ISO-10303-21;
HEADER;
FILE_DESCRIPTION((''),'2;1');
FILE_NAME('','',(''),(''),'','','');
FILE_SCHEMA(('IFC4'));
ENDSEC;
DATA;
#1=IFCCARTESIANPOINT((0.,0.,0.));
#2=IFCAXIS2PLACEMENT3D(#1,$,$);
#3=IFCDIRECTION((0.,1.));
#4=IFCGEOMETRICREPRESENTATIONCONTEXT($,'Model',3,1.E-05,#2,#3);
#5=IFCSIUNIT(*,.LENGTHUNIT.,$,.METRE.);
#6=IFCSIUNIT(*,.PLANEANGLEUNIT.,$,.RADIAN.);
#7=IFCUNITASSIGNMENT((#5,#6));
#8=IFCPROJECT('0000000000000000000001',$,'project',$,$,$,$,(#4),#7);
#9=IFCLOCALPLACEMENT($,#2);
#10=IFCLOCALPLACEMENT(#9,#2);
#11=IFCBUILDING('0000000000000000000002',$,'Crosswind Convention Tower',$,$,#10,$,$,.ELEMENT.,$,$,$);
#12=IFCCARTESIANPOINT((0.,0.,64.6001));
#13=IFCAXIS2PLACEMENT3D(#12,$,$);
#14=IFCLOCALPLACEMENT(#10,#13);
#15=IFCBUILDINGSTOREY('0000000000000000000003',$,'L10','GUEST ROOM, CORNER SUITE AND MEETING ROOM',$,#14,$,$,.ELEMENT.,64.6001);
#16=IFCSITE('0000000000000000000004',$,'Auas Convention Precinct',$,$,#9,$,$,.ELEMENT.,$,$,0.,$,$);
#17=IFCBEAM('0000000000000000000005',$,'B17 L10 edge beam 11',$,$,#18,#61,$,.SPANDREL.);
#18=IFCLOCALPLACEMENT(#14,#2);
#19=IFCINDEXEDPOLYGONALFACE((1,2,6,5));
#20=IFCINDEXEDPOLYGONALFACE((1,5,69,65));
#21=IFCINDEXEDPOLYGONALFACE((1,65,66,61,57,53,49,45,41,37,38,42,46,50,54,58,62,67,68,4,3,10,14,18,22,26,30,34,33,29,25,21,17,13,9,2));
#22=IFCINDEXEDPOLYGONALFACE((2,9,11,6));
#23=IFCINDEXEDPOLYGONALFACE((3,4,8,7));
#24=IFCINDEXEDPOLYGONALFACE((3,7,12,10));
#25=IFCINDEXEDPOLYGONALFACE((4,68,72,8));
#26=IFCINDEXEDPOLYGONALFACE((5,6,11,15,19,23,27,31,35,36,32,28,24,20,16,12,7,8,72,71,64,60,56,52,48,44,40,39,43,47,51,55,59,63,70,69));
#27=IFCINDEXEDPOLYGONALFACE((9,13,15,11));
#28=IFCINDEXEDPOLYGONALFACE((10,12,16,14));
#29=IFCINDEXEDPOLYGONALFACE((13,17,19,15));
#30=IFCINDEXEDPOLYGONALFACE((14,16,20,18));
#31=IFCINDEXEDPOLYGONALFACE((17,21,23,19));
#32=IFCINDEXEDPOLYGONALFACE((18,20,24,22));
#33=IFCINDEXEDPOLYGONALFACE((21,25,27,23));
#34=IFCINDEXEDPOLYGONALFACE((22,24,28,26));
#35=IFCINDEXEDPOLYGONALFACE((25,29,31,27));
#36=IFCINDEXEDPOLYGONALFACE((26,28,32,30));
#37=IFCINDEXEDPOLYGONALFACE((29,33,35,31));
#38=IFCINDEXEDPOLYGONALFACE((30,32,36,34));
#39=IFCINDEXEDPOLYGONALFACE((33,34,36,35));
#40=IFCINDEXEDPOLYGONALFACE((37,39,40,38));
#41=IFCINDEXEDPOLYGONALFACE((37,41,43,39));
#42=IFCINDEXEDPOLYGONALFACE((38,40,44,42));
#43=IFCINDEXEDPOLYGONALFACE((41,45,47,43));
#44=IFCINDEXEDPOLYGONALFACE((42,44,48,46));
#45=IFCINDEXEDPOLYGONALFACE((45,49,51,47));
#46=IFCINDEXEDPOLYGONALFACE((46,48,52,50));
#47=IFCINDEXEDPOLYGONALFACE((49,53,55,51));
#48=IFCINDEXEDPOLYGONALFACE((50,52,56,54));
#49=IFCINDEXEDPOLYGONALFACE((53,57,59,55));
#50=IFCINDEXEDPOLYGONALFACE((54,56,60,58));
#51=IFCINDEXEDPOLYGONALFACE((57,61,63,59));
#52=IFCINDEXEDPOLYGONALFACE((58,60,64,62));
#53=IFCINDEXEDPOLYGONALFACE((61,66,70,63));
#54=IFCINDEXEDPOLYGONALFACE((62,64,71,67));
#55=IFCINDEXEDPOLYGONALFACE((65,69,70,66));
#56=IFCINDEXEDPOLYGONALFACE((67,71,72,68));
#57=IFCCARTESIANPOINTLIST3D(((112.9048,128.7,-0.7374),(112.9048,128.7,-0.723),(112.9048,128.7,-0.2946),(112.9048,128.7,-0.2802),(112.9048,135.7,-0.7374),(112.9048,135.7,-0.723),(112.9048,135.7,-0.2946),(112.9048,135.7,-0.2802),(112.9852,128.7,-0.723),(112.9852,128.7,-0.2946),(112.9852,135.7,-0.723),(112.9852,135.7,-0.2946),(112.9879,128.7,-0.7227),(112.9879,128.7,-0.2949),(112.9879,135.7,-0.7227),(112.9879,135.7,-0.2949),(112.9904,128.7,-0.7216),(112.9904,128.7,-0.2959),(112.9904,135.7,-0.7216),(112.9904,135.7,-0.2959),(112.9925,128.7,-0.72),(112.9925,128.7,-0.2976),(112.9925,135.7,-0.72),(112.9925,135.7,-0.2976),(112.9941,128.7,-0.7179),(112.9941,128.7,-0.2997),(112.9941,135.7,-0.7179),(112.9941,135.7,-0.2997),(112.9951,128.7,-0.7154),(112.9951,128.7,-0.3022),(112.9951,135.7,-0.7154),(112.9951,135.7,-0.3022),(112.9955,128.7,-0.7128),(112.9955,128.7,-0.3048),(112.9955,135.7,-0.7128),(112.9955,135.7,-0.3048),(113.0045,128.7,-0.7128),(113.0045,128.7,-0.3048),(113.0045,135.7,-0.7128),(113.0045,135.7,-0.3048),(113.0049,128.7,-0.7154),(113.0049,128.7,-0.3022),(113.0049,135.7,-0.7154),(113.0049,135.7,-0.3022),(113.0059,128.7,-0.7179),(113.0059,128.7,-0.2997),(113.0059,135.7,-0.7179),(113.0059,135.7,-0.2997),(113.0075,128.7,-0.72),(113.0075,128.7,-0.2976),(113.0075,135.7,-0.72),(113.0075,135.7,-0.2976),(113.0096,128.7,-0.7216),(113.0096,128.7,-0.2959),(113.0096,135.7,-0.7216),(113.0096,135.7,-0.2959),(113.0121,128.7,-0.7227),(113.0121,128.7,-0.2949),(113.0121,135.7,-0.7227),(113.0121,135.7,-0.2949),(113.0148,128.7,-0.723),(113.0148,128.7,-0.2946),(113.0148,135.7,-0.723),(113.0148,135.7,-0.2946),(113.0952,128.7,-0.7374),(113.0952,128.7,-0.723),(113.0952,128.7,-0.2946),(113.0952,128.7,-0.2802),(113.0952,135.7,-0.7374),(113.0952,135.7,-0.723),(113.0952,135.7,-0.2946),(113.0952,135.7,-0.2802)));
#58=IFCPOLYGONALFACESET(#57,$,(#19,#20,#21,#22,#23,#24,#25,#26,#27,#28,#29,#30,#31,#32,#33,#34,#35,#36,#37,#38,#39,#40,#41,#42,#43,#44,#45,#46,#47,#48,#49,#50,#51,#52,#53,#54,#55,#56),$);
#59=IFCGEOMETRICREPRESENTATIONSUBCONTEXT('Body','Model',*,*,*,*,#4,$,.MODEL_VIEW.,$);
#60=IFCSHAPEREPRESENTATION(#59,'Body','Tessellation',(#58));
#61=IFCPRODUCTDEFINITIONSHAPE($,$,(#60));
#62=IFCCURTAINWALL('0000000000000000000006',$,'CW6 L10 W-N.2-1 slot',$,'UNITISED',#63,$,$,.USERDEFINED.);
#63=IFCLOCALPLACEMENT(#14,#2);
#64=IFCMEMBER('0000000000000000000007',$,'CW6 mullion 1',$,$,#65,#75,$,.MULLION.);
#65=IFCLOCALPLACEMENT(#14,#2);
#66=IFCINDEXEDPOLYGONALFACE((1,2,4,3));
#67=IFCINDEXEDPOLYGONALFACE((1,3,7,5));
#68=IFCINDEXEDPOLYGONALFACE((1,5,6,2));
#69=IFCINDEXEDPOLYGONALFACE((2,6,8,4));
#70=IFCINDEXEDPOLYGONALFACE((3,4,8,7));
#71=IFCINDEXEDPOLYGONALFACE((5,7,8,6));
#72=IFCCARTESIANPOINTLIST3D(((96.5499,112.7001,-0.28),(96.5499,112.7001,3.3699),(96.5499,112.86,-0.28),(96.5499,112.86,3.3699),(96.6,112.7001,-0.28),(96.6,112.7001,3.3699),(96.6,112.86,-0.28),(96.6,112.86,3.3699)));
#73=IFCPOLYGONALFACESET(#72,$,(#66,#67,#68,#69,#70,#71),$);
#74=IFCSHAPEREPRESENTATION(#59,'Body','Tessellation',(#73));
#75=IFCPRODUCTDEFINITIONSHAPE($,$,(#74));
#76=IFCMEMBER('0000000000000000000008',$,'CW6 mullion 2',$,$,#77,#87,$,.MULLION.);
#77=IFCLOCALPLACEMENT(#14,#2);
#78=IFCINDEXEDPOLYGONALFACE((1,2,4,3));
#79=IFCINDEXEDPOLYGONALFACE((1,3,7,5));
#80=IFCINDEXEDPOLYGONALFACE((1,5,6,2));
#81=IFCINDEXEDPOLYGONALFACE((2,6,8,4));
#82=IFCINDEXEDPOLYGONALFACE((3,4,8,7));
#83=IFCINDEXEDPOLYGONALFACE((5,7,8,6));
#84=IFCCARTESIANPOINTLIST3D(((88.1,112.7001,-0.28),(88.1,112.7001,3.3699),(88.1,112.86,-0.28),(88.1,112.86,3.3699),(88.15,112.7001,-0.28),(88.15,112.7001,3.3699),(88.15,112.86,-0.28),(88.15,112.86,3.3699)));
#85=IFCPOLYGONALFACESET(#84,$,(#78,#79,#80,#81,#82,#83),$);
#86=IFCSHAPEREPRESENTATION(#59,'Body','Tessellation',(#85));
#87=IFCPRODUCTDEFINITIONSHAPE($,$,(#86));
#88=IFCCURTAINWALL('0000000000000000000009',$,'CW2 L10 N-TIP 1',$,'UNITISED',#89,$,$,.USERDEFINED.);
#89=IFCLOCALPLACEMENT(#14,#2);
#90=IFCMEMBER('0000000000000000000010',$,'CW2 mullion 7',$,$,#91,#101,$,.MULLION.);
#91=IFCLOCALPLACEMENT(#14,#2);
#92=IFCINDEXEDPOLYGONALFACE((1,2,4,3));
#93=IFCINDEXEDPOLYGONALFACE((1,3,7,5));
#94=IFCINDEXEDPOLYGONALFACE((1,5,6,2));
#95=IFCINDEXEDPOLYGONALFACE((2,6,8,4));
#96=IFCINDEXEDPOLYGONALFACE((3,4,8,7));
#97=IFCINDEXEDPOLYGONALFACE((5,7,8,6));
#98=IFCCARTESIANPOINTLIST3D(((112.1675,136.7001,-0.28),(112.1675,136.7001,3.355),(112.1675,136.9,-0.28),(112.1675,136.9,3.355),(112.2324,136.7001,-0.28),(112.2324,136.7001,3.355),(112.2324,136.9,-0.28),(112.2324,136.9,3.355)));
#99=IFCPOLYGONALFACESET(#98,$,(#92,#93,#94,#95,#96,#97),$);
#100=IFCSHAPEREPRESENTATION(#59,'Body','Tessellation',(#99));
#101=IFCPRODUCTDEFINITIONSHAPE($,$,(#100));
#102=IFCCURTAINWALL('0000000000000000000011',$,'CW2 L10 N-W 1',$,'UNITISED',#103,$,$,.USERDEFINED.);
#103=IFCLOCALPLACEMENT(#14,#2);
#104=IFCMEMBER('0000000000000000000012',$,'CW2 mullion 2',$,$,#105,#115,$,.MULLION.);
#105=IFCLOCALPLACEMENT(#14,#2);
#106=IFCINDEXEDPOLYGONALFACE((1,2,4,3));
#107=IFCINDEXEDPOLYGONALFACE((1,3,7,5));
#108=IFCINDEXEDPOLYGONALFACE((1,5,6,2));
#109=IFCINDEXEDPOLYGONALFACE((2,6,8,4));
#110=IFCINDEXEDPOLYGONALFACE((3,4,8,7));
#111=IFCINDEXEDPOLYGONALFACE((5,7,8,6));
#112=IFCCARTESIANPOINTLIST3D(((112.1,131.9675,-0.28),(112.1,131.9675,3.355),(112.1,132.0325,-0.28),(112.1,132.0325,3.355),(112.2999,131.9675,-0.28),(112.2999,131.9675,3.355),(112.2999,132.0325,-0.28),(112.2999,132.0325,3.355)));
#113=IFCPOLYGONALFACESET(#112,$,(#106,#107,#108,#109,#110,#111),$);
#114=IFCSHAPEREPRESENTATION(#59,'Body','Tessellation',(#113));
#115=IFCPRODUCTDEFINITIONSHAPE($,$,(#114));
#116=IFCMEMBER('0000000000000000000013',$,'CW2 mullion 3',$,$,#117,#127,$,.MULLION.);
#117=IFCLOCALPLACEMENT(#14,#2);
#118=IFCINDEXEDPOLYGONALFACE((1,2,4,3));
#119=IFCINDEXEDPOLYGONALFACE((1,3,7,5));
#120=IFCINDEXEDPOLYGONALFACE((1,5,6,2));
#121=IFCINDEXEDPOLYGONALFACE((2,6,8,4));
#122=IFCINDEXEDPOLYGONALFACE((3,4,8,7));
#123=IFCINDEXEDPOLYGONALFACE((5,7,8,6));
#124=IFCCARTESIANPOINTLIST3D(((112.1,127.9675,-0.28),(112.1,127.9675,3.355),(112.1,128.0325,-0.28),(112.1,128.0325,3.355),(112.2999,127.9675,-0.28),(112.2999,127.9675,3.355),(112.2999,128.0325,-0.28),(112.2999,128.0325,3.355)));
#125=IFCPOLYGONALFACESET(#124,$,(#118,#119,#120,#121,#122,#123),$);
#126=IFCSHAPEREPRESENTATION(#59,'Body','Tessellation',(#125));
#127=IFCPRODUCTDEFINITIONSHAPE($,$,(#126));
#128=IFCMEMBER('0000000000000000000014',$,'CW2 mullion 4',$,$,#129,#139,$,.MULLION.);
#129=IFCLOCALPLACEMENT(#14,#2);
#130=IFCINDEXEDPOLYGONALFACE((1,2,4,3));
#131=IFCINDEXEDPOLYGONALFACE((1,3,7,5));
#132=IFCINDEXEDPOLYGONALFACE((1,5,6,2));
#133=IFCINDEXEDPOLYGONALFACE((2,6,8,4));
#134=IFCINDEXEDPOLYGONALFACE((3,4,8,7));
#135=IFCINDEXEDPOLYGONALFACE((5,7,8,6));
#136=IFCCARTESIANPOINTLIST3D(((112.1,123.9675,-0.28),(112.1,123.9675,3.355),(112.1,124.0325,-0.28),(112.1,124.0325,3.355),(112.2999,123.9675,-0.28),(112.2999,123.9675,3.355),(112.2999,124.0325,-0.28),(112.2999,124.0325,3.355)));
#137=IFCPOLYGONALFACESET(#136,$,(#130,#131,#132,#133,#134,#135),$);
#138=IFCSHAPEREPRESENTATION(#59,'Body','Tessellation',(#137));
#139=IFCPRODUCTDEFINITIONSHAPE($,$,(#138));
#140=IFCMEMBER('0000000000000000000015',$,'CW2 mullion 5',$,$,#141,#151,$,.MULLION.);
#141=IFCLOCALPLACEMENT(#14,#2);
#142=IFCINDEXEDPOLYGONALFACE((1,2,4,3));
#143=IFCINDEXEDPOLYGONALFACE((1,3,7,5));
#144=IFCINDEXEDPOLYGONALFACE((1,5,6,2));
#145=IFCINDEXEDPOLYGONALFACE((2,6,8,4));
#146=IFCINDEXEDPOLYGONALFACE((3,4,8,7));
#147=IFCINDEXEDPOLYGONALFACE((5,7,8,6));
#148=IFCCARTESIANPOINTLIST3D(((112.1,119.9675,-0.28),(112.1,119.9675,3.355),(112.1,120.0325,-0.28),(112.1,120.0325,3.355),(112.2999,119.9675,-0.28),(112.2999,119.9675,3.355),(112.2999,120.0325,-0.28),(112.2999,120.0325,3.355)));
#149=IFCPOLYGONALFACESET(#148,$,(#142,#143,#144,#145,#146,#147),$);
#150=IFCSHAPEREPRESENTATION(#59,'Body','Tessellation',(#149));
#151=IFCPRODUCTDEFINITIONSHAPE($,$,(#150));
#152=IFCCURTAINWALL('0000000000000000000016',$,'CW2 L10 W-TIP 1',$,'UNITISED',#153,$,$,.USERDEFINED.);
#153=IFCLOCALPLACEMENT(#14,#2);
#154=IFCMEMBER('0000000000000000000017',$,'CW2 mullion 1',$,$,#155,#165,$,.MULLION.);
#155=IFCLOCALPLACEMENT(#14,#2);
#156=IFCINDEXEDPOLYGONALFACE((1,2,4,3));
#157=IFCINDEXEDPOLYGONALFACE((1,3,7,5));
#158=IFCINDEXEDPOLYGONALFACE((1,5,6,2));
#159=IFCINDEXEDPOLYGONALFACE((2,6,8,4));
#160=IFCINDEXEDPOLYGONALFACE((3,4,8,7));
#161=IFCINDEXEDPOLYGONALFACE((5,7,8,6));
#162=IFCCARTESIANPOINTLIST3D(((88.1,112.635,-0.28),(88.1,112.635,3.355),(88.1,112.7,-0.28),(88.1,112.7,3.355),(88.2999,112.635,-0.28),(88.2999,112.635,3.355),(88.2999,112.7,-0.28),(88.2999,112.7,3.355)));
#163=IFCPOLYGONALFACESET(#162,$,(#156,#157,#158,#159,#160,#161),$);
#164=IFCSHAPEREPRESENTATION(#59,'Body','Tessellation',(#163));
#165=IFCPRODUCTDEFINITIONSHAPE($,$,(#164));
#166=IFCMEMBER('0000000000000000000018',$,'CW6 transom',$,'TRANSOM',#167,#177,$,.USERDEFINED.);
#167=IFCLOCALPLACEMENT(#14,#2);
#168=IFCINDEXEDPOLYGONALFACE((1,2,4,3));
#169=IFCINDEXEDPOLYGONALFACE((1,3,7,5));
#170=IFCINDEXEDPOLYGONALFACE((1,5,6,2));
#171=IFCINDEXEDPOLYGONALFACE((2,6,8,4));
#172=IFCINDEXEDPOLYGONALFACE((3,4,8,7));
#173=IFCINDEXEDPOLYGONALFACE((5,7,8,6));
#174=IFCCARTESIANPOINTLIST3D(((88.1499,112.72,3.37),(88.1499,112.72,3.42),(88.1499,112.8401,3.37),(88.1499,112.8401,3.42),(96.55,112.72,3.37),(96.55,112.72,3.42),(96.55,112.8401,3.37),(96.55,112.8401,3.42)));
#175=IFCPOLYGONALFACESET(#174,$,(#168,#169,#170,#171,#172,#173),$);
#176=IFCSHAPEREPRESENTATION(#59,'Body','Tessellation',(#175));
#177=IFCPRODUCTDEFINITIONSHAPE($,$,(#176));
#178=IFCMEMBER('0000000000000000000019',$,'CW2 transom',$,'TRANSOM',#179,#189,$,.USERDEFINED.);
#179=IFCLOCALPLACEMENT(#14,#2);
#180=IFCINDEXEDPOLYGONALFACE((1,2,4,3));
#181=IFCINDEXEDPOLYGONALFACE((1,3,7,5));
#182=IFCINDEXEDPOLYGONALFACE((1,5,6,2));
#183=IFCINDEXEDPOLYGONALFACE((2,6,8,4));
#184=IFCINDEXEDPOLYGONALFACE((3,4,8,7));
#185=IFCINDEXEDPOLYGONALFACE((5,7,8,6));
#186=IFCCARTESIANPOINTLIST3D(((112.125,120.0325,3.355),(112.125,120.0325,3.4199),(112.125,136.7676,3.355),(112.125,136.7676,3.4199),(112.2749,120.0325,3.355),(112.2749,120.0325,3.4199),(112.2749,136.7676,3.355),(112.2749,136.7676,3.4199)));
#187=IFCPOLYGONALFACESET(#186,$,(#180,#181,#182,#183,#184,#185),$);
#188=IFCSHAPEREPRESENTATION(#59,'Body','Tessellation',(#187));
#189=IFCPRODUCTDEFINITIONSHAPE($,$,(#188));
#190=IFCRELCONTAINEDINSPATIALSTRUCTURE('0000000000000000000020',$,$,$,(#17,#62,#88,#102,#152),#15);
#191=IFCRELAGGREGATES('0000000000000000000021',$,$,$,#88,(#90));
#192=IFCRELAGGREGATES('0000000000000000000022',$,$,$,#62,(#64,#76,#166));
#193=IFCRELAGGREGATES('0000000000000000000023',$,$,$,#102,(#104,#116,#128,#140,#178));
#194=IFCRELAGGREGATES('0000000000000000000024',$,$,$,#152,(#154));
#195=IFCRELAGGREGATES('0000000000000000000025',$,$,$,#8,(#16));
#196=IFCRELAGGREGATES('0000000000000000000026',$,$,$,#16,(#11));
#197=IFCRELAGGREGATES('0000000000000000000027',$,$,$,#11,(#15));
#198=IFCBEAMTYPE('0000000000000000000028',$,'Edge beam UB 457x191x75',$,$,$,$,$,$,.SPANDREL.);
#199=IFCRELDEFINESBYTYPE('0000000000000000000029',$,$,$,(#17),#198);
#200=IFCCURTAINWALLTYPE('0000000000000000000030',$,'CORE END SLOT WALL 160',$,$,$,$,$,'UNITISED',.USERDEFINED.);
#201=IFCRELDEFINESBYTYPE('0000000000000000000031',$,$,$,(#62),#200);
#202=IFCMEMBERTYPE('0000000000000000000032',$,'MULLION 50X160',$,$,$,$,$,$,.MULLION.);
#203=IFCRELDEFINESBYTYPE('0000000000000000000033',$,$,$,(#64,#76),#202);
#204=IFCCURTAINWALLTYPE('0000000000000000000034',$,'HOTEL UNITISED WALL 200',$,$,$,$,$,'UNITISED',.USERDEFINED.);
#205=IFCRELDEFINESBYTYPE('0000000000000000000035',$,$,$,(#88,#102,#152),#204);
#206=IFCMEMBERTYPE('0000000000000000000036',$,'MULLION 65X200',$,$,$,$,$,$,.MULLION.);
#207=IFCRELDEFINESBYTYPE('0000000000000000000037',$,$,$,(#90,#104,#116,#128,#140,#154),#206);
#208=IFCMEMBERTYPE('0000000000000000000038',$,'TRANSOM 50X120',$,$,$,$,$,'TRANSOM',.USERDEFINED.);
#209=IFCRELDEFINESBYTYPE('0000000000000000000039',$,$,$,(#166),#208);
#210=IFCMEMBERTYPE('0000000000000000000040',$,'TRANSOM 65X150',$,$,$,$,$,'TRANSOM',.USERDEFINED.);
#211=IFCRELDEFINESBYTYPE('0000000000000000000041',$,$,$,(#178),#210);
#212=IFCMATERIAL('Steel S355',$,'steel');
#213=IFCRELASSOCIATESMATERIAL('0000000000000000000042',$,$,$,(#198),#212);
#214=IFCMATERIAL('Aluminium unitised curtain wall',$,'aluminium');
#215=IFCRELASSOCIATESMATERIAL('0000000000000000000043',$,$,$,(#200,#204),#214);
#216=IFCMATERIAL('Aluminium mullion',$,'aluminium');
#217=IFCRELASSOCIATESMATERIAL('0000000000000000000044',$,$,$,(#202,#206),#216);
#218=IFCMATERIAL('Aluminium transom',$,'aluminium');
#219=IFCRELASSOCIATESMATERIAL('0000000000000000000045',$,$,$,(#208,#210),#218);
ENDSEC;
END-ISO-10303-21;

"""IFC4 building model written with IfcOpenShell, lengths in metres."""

from ifc_helpers import new_model, si_unit, direction, frame, origin, origin_2d, place, context, subcontext, project, spatial, rectangle, i_section, extrude, material, material_profile, profile_set, type_object, element, aggregate, save


model = new_model("IFC4")

# Units and contexts
model_context = context("Model", 3, precision=1e-05, world=origin(), true_north=direction((0.0, 1.0)))
body_context = subcontext(model_context, "Body", "Model", "MODEL_VIEW")
ifc_project = project(units=[si_unit("LENGTHUNIT", "METRE"), si_unit("PLANEANGLEUNIT", "RADIAN")], contexts=[model_context])

# Site, building, storey
site_placement = place(None, origin())
site = spatial("IfcSite", under=ifc_project, at=site_placement, Name="Auas Convention Precinct", CompositionType="ELEMENT", RefElevation=0.0)
building_placement = place(site_placement, origin())
building = spatial("IfcBuilding", under=site, at=building_placement, Name="Crosswind Convention Tower", CompositionType="ELEMENT")
storey_placement = place(building_placement, frame((0.0, 0.0, 64.6001)))
storey = spatial("IfcBuildingStorey", under=building, at=storey_placement, Name="L10", Description="GUEST ROOM, CORNER SUITE AND MEETING ROOM", CompositionType="ELEMENT", Elevation=64.6001)

# Beam
ifc_material_1 = material(Name="Steel S355", Category="steel")
ifc_material_profile_1 = material_profile(ifc_material_1, i_section(OverallWidth=0.1904, OverallDepth=0.4573, WebThickness=0.009, FlangeThickness=0.0144, FilletRadius=0.0103, at=origin_2d()), Name="UB 457x191x75")
ifc_profile_set_1 = profile_set([ifc_material_profile_1], Name="Steel S355")
beam_type_1 = type_object("IfcBeamType", Name="Edge beam UB 457x191x75", PredefinedType="SPANDREL", material=ifc_profile_set_1)
beam_1_placement = place(storey_placement, frame((113.0, 128.7, -0.5088), z_axis=(0.0, 1.0, 0.0), x_axis=(-1.0, 0.0, 0.0)))
element("IfcBeam", 1, at=beam_1_placement, inside=storey, type_object=beam_type_1, Name="B17 L10 edge beam 11", PredefinedType="SPANDREL", context=body_context, shape_type="SweptSolid", body=[
    extrude(i_section(OverallWidth=0.1904, OverallDepth=0.4573, WebThickness=0.009, FlangeThickness=0.0144, FilletRadius=0.0103, at=origin_2d()), origin(), (0.0, 0.0, 1.0), 7.0),
])

# Curtain wall, members
ifc_material_2 = material(Name="Aluminium unitised curtain wall", Category="aluminium")
curtain_wall_type_1 = type_object("IfcCurtainWallType", Name="CORE END SLOT WALL 160", ElementType="UNITISED", PredefinedType="USERDEFINED", material=ifc_material_2)
curtain_wall_1_placement = place(storey_placement, origin())
curtain_wall_1 = element("IfcCurtainWall", 2, at=curtain_wall_1_placement, inside=storey, type_object=curtain_wall_type_1, Name="CW6 L10 W-N.2-1 slot", ObjectType="UNITISED", PredefinedType="USERDEFINED")
ifc_material_3 = material(Name="Aluminium mullion", Category="aluminium")
ifc_material_profile_2 = material_profile(ifc_material_3, rectangle(XDim=0.1599, YDim=0.05, at=origin_2d()), Name="AL 160X50")
ifc_profile_set_2 = profile_set([ifc_material_profile_2], Name="Aluminium mullion")
member_type_1 = type_object("IfcMemberType", Name="MULLION 50X160", PredefinedType="MULLION", material=ifc_profile_set_2)
member_1_placement = place(storey_placement, frame((96.575, 112.78, -0.28), z_axis=(0.0, 0.0, 1.0), x_axis=(0.0, 1.0, 0.0)))
member_1 = element("IfcMember", 3, at=member_1_placement, type_object=member_type_1, Name="CW6 mullion 1", PredefinedType="MULLION", context=body_context, shape_type="SweptSolid", body=[
    extrude(rectangle(XDim=0.1599, YDim=0.05, at=origin_2d()), origin(), (0.0, 0.0, 1.0), 3.6499),
])
member_2_placement = place(storey_placement, frame((88.125, 112.78, -0.28), z_axis=(0.0, 0.0, 1.0), x_axis=(0.0, 1.0, 0.0)))
member_2 = element("IfcMember", 4, at=member_2_placement, type_object=member_type_1, Name="CW6 mullion 2", PredefinedType="MULLION", context=body_context, shape_type="SweptSolid", body=[
    extrude(rectangle(XDim=0.1599, YDim=0.05, at=origin_2d()), origin(), (0.0, 0.0, 1.0), 3.6499),
])

# Curtain wall, member
curtain_wall_type_2 = type_object("IfcCurtainWallType", Name="HOTEL UNITISED WALL 200", ElementType="UNITISED", PredefinedType="USERDEFINED", material=ifc_material_2)
curtain_wall_2_placement = place(storey_placement, origin())
curtain_wall_2 = element("IfcCurtainWall", 5, at=curtain_wall_2_placement, inside=storey, type_object=curtain_wall_type_2, Name="CW2 L10 N-TIP 1", ObjectType="UNITISED", PredefinedType="USERDEFINED")
ifc_material_profile_3 = material_profile(ifc_material_3, rectangle(XDim=0.2, YDim=0.0649, at=origin_2d()), Name="AL 200X65")
ifc_profile_set_3 = profile_set([ifc_material_profile_3], Name="Aluminium mullion")
member_type_2 = type_object("IfcMemberType", Name="MULLION 65X200", PredefinedType="MULLION", material=ifc_profile_set_3)
member_3_placement = place(storey_placement, frame((112.2, 136.8, -0.28), z_axis=(0.0, 0.0, 1.0), x_axis=(0.0, 1.0, 0.0)))
member_3 = element("IfcMember", 6, at=member_3_placement, type_object=member_type_2, Name="CW2 mullion 7", PredefinedType="MULLION", context=body_context, shape_type="SweptSolid", body=[
    extrude(rectangle(XDim=0.2, YDim=0.0649, at=origin_2d()), origin(), (0.0, 0.0, 1.0), 3.635),
])
aggregate(curtain_wall_2, [member_3])

# Curtain wall, members
curtain_wall_3_placement = place(storey_placement, origin())
curtain_wall_3 = element("IfcCurtainWall", 7, at=curtain_wall_3_placement, inside=storey, type_object=curtain_wall_type_2, Name="CW2 L10 N-W 1", ObjectType="UNITISED", PredefinedType="USERDEFINED")
member_4_placement = place(storey_placement, frame((112.2, 132.0, -0.28), z_axis=(0.0, 0.0, 1.0), x_axis=(-1.0, 0.0, 0.0)))
member_4 = element("IfcMember", 8, at=member_4_placement, type_object=member_type_2, Name="CW2 mullion 2", PredefinedType="MULLION", context=body_context, shape_type="SweptSolid", body=[
    extrude(rectangle(XDim=0.2, YDim=0.0649, at=origin_2d()), origin(), (0.0, 0.0, 1.0), 3.635),
])
member_5_placement = place(storey_placement, frame((112.2, 128.0, -0.28), z_axis=(0.0, 0.0, 1.0), x_axis=(-1.0, 0.0, 0.0)))
member_5 = element("IfcMember", 9, at=member_5_placement, type_object=member_type_2, Name="CW2 mullion 3", PredefinedType="MULLION", context=body_context, shape_type="SweptSolid", body=[
    extrude(rectangle(XDim=0.2, YDim=0.0649, at=origin_2d()), origin(), (0.0, 0.0, 1.0), 3.635),
])
member_6_placement = place(storey_placement, frame((112.2, 124.0, -0.28), z_axis=(0.0, 0.0, 1.0), x_axis=(-1.0, 0.0, 0.0)))
member_6 = element("IfcMember", 10, at=member_6_placement, type_object=member_type_2, Name="CW2 mullion 4", PredefinedType="MULLION", context=body_context, shape_type="SweptSolid", body=[
    extrude(rectangle(XDim=0.2, YDim=0.0649, at=origin_2d()), origin(), (0.0, 0.0, 1.0), 3.635),
])
member_7_placement = place(storey_placement, frame((112.2, 120.0, -0.28), z_axis=(0.0, 0.0, 1.0), x_axis=(-1.0, 0.0, 0.0)))
member_7 = element("IfcMember", 11, at=member_7_placement, type_object=member_type_2, Name="CW2 mullion 5", PredefinedType="MULLION", context=body_context, shape_type="SweptSolid", body=[
    extrude(rectangle(XDim=0.2, YDim=0.0649, at=origin_2d()), origin(), (0.0, 0.0, 1.0), 3.635),
])

# Curtain wall, member
curtain_wall_4_placement = place(storey_placement, origin())
curtain_wall_4 = element("IfcCurtainWall", 12, at=curtain_wall_4_placement, inside=storey, type_object=curtain_wall_type_2, Name="CW2 L10 W-TIP 1", ObjectType="UNITISED", PredefinedType="USERDEFINED")
member_8_placement = place(storey_placement, frame((88.2, 112.6675, -0.28), z_axis=(0.0, 0.0, 1.0), x_axis=(-1.0, 0.0, 0.0)))
member_8 = element("IfcMember", 13, at=member_8_placement, type_object=member_type_2, Name="CW2 mullion 1", PredefinedType="MULLION", context=body_context, shape_type="SweptSolid", body=[
    extrude(rectangle(XDim=0.2, YDim=0.0649, at=origin_2d()), origin(), (0.0, 0.0, 1.0), 3.635),
])

# Members
ifc_material_4 = material(Name="Aluminium transom", Category="aluminium")
ifc_material_profile_4 = material_profile(ifc_material_4, rectangle(XDim=0.1201, YDim=0.05, at=origin_2d()), Name="AL 120X50")
ifc_profile_set_4 = profile_set([ifc_material_profile_4], Name="Aluminium transom")
member_type_3 = type_object("IfcMemberType", Name="TRANSOM 50X120", ElementType="TRANSOM", PredefinedType="USERDEFINED", material=ifc_profile_set_4)
member_9_placement = place(storey_placement, frame((96.55, 112.78, 3.395), z_axis=(-1.0, 0.0, 0.0), x_axis=(0.0, -1.0, 0.0)))
member_9 = element("IfcMember", 14, at=member_9_placement, type_object=member_type_3, Name="CW6 transom", ObjectType="TRANSOM", PredefinedType="USERDEFINED", context=body_context, shape_type="SweptSolid", body=[
    extrude(rectangle(XDim=0.1201, YDim=0.05, at=origin_2d()), origin(), (0.0, 0.0, 1.0), 8.4001),
])
ifc_material_profile_5 = material_profile(ifc_material_4, rectangle(XDim=0.1499, YDim=0.0649, at=origin_2d()), Name="AL 150X65")
ifc_profile_set_5 = profile_set([ifc_material_profile_5], Name="Aluminium transom")
member_type_4 = type_object("IfcMemberType", Name="TRANSOM 65X150", ElementType="TRANSOM", PredefinedType="USERDEFINED", material=ifc_profile_set_5)
member_10_placement = place(storey_placement, frame((112.2, 136.7676, 3.3875), z_axis=(0.0, -1.0, 0.0), x_axis=(1.0, 0.0, 0.0)))
member_10 = element("IfcMember", 15, at=member_10_placement, type_object=member_type_4, Name="CW2 transom", ObjectType="TRANSOM", PredefinedType="USERDEFINED", context=body_context, shape_type="SweptSolid", body=[
    extrude(rectangle(XDim=0.1499, YDim=0.0649, at=origin_2d()), origin(), (0.0, 0.0, 1.0), 16.7351),
])

aggregate(curtain_wall_1, [member_1, member_2, member_9])

aggregate(curtain_wall_3, [member_4, member_5, member_6, member_7, member_10])
aggregate(curtain_wall_4, [member_8])

save(model, "model.ifc")
